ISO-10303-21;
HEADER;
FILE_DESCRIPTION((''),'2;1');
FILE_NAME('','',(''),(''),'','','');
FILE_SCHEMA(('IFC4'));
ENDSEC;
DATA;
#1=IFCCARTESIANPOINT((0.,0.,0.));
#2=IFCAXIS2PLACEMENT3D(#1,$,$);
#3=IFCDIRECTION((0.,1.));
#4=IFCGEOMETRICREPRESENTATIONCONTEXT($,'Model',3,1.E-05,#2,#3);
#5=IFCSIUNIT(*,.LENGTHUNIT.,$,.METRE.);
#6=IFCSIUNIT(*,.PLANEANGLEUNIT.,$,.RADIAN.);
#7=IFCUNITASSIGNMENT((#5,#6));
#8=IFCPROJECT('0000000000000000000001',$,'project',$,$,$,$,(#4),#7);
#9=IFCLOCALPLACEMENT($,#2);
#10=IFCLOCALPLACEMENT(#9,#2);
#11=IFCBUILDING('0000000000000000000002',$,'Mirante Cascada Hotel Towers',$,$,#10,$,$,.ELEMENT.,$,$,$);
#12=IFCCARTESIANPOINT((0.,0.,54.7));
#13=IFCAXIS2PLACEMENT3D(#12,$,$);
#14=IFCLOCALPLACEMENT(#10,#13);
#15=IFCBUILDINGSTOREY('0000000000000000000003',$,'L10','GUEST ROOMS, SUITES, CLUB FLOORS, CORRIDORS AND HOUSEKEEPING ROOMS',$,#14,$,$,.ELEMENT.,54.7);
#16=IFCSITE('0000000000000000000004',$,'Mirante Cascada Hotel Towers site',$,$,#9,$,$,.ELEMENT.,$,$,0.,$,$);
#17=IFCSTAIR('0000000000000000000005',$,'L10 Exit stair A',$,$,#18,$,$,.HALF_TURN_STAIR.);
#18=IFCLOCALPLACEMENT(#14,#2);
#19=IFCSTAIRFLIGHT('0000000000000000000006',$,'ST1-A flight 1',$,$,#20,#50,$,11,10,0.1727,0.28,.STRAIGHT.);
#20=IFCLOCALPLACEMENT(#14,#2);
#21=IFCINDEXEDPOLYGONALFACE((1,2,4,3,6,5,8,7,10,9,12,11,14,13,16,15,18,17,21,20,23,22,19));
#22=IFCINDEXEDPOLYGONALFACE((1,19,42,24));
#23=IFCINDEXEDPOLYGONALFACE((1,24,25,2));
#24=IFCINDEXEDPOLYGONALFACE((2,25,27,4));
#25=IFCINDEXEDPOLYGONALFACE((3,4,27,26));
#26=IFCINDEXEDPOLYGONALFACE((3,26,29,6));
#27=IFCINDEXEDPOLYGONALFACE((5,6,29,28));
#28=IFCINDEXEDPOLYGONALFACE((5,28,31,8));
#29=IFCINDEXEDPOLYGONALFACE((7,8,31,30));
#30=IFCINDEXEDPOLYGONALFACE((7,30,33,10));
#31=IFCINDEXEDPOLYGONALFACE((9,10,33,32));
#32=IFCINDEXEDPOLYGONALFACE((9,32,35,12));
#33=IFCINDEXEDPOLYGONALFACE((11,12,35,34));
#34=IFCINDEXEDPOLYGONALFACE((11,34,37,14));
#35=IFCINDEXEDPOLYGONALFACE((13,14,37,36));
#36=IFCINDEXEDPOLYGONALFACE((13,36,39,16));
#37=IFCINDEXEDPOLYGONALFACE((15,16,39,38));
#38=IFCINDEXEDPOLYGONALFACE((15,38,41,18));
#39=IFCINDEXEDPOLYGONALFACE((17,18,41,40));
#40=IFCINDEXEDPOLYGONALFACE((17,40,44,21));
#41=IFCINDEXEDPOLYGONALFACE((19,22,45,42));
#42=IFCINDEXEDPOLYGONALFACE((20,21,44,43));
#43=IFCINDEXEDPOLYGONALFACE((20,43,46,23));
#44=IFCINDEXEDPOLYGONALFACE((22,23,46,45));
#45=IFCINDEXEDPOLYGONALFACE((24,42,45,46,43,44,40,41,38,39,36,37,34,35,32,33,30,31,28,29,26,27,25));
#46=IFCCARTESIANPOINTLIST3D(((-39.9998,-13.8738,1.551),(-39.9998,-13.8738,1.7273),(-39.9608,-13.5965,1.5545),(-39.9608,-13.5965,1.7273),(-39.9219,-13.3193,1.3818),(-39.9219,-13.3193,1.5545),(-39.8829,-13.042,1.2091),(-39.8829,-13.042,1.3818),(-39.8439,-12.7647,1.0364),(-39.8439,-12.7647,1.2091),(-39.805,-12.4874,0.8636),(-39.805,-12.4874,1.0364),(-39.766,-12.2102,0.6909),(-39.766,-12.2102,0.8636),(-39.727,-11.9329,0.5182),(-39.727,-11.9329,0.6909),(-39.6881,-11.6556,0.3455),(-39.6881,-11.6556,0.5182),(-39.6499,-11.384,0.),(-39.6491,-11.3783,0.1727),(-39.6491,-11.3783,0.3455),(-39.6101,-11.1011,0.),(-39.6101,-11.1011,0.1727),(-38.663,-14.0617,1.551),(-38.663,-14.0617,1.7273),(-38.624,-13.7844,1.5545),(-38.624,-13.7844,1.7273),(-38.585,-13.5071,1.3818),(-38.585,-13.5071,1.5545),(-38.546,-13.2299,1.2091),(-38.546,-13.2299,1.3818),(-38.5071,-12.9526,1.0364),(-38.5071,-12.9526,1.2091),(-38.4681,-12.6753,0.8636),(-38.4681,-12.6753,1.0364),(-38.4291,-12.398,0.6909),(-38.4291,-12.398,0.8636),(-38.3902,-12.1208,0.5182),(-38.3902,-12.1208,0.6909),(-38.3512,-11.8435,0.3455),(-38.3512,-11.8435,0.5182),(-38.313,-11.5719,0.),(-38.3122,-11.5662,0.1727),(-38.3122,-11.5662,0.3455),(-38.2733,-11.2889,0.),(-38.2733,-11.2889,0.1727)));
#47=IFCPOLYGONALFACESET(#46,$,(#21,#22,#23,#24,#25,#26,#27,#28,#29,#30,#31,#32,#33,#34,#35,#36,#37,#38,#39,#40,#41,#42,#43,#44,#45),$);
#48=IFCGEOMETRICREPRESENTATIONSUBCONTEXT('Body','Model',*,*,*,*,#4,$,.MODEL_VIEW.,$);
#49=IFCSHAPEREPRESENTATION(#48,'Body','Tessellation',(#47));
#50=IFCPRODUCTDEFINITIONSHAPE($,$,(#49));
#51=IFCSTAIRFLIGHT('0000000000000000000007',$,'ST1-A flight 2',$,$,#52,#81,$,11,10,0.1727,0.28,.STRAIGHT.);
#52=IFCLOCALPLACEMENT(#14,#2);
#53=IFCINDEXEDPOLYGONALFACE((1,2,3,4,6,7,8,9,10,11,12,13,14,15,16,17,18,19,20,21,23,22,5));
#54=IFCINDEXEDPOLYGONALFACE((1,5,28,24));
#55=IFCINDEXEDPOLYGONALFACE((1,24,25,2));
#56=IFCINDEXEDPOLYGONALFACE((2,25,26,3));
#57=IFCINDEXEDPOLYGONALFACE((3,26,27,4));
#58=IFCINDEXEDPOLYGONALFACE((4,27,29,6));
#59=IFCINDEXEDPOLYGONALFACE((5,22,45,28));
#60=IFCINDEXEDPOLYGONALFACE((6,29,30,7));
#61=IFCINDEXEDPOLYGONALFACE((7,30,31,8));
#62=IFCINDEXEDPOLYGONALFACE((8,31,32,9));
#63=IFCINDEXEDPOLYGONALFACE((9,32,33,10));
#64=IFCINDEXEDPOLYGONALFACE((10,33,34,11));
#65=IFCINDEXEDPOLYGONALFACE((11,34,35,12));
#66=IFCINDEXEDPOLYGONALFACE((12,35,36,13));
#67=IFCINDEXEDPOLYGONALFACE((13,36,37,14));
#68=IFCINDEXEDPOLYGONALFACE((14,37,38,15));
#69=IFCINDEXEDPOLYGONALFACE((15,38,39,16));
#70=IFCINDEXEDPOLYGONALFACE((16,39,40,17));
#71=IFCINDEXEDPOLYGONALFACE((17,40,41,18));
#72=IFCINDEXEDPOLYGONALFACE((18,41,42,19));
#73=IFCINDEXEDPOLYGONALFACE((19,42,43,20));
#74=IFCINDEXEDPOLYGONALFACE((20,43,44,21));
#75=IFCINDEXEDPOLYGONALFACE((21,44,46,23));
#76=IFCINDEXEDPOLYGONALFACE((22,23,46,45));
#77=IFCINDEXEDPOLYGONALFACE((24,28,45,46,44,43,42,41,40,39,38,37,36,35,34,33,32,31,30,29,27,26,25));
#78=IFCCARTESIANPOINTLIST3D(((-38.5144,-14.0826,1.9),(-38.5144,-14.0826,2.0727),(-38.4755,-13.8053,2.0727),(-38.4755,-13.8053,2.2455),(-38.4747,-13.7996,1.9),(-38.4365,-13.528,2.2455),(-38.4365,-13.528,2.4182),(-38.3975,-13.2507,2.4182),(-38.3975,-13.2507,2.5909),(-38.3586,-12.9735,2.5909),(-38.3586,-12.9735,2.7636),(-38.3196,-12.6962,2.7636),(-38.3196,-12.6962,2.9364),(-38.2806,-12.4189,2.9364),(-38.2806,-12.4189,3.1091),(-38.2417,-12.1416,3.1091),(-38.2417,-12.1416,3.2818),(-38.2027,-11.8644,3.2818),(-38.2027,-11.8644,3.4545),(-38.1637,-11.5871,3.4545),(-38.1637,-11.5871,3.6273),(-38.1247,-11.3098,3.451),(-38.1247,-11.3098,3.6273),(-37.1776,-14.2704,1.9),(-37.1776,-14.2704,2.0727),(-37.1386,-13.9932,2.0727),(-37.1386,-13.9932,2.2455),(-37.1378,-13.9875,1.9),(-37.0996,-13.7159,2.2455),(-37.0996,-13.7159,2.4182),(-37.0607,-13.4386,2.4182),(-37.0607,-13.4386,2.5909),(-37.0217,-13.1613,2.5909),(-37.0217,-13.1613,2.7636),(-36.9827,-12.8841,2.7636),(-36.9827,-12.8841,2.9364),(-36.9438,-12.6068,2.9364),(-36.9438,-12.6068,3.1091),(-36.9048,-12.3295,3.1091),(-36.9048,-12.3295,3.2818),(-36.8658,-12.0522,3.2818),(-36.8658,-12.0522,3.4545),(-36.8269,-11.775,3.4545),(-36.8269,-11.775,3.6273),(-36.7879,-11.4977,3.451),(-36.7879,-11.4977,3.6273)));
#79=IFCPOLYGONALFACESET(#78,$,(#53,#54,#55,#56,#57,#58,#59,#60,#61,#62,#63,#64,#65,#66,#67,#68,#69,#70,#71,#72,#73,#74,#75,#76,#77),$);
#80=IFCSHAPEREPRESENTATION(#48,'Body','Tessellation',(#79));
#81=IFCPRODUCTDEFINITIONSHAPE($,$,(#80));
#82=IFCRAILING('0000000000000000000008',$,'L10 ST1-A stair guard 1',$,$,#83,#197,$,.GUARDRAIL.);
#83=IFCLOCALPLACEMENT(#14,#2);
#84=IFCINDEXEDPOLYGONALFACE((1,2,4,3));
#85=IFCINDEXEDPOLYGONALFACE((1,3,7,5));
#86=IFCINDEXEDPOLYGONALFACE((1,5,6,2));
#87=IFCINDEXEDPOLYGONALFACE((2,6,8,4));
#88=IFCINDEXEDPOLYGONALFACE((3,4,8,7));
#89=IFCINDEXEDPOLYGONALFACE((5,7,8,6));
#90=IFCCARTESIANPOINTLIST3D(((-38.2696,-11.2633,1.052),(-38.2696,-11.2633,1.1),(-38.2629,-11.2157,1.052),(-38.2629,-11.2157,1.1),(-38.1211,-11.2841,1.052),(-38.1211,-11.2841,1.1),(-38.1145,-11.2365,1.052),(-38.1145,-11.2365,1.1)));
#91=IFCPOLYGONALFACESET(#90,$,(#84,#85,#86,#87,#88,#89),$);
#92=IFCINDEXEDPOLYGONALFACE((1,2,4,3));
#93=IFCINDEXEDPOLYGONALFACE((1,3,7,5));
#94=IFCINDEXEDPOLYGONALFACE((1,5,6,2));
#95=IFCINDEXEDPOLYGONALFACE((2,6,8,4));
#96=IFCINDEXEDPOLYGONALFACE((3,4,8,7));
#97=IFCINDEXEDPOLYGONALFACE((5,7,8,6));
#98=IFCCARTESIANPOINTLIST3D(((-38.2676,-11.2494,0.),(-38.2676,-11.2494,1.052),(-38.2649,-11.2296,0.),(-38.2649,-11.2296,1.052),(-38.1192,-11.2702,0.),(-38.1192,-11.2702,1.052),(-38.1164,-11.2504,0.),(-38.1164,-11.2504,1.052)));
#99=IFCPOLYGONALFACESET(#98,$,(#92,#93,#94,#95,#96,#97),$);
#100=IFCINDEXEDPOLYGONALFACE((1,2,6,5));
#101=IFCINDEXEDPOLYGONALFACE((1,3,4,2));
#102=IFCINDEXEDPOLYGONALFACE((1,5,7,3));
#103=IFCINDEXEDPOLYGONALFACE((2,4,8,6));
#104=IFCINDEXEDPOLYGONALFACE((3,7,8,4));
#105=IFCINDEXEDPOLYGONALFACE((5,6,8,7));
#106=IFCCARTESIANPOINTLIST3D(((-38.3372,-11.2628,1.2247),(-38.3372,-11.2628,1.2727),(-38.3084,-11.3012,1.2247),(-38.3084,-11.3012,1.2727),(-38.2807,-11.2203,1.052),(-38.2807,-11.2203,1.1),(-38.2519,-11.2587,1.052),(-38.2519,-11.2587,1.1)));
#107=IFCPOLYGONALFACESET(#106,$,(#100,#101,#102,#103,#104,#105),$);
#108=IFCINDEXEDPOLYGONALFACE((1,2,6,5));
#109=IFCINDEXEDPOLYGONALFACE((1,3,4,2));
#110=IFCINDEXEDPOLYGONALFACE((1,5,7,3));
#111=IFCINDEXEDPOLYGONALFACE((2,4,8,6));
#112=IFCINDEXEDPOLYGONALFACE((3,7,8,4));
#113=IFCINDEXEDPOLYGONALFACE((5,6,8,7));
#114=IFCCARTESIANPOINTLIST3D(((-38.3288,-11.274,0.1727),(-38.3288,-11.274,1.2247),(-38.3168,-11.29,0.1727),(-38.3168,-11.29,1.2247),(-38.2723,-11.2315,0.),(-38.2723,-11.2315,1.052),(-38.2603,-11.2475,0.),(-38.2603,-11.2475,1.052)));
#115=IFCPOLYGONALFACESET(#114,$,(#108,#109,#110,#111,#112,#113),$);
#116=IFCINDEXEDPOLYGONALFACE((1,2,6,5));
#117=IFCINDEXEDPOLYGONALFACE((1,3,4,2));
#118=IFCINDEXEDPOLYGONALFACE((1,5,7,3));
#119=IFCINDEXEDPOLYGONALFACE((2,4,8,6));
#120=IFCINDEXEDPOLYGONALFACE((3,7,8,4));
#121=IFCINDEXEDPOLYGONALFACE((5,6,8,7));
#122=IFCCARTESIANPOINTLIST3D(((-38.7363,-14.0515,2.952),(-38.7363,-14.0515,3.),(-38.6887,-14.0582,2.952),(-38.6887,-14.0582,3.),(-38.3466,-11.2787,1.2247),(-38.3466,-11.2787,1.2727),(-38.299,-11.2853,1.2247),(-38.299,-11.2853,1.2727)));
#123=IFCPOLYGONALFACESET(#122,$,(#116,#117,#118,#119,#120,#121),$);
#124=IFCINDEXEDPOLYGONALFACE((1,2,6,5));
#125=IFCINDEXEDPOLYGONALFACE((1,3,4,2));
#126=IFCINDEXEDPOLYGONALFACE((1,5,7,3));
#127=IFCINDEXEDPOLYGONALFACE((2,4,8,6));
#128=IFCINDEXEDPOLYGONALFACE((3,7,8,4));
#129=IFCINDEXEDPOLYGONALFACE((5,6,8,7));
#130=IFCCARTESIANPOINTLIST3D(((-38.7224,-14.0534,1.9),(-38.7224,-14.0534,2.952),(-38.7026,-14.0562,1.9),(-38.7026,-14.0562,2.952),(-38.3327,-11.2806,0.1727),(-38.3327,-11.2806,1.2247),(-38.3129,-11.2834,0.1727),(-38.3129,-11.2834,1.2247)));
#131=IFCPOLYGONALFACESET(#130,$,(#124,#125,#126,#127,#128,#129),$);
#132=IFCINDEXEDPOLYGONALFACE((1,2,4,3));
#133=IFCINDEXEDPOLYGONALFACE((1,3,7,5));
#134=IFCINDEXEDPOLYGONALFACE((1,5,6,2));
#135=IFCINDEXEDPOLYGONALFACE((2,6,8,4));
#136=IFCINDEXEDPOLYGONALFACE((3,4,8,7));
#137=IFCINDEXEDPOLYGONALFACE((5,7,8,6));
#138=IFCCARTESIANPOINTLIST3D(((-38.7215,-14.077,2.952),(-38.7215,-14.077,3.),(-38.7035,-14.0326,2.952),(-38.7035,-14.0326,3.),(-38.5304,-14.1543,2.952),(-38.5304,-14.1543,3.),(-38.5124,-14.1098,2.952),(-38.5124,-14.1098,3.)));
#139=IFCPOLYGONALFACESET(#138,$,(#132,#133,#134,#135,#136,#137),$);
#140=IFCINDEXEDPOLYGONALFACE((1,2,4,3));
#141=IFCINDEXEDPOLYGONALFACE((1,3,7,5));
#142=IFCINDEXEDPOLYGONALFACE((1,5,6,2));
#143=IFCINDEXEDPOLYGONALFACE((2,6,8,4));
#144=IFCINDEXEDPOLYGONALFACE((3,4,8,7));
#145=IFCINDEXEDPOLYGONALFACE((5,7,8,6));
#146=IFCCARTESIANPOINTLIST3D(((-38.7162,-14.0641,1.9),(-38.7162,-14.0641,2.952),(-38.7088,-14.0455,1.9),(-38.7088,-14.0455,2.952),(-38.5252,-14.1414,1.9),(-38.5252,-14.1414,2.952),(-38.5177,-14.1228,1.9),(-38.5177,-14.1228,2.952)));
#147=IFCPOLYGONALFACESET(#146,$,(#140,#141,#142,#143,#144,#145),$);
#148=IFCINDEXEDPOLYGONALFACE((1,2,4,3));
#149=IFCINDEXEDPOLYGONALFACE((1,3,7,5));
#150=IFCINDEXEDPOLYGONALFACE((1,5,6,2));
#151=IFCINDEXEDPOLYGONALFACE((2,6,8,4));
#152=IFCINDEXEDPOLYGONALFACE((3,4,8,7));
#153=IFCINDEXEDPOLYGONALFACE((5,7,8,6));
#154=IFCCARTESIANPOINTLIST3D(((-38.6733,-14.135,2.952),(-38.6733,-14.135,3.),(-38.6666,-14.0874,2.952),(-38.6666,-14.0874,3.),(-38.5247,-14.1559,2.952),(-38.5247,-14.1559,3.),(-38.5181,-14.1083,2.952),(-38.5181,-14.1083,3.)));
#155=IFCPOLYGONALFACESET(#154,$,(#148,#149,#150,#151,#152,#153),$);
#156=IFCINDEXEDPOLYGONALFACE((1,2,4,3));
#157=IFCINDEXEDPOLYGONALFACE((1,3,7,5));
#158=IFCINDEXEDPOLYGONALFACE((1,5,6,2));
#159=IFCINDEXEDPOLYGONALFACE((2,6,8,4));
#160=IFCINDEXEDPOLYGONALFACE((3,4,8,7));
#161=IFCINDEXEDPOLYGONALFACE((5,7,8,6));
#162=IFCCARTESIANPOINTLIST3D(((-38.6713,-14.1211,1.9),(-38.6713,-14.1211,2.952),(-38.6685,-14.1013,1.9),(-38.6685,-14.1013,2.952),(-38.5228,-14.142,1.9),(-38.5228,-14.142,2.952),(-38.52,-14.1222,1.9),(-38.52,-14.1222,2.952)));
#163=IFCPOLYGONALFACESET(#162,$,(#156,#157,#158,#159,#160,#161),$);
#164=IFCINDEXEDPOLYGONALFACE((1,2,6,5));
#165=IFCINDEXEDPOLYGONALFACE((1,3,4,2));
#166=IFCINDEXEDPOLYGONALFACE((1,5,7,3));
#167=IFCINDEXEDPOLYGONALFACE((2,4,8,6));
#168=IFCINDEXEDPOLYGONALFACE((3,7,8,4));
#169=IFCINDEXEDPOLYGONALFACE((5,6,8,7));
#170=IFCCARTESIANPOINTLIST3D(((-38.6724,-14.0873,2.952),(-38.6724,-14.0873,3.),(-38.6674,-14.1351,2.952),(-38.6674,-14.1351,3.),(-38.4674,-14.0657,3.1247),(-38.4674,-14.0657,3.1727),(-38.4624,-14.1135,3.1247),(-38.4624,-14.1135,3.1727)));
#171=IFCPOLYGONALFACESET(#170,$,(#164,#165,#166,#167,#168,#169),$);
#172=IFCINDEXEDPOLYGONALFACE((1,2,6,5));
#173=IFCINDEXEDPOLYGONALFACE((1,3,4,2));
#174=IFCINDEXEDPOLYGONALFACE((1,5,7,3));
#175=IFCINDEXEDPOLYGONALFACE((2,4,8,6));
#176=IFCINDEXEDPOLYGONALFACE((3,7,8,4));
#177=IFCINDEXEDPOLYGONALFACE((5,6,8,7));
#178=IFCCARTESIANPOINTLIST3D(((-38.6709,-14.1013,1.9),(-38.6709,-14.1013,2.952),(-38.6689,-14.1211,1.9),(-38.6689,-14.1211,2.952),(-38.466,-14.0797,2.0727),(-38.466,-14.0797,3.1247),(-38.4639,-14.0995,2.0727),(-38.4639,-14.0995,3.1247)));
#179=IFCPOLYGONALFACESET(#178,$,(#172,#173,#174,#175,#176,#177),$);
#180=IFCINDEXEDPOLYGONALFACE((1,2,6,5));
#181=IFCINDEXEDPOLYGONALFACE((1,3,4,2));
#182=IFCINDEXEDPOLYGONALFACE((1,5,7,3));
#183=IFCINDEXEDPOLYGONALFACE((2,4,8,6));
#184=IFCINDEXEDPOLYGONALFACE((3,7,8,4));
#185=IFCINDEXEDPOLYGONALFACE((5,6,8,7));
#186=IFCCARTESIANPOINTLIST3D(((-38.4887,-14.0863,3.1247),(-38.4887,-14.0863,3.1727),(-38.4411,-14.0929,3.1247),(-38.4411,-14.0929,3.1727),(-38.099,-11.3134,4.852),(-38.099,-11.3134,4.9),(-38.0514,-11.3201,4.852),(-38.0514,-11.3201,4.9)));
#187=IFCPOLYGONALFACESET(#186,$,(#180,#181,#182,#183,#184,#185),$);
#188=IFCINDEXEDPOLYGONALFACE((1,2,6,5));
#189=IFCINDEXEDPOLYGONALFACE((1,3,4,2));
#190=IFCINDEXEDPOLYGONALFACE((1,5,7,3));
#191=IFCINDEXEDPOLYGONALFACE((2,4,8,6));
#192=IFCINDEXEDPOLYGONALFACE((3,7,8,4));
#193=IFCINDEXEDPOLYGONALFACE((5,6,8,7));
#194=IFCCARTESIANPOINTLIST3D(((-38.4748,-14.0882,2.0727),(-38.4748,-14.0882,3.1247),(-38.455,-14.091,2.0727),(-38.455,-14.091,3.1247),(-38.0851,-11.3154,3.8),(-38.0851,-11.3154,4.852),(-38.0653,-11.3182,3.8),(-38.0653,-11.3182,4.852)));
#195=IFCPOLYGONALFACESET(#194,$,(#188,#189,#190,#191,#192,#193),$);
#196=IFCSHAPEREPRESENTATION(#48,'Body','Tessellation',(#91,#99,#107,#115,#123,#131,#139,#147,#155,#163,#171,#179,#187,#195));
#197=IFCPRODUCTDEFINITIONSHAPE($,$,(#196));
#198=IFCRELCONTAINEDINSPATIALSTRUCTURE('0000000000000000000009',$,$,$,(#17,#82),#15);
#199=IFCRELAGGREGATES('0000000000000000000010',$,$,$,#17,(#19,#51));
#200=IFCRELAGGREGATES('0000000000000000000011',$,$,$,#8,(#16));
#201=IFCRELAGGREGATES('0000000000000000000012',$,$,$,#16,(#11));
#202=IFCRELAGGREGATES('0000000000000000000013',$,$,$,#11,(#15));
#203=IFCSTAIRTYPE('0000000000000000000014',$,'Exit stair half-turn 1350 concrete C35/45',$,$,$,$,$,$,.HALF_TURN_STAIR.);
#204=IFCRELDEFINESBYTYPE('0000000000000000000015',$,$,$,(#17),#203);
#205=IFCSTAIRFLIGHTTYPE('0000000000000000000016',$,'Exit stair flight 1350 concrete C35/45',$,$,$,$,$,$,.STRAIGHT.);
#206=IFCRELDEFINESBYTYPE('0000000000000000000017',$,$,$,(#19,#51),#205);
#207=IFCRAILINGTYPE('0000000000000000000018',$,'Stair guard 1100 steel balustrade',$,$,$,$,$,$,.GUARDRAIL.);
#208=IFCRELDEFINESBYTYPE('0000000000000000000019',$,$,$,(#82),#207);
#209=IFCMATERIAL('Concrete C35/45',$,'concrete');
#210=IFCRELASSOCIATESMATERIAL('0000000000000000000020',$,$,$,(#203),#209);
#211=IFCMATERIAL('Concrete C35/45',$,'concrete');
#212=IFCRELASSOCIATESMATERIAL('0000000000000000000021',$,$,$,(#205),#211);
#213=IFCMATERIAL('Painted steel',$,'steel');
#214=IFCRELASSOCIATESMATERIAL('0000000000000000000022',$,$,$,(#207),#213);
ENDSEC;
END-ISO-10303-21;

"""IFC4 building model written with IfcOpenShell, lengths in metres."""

from ifc_helpers import new_model, si_unit, direction, frame, origin, origin_2d, place, context, subcontext, project, spatial, polyline, rectangle, outline, extrude, material, type_object, element, aggregate, save


model = new_model("IFC4")

# Units and contexts
model_context = context("Model", 3, precision=1e-05, world=origin(), true_north=direction((0.0, 1.0)))
body_context = subcontext(model_context, "Body", "Model", "MODEL_VIEW")
ifc_project = project(units=[si_unit("LENGTHUNIT", "METRE"), si_unit("PLANEANGLEUNIT", "RADIAN")], contexts=[model_context])

# Site, building, storey
site_placement = place(None, origin())
site = spatial("IfcSite", under=ifc_project, at=site_placement, Name="Mirante Cascada Hotel Towers site", CompositionType="ELEMENT", RefElevation=0.0)
building_placement = place(site_placement, origin())
building = spatial("IfcBuilding", under=site, at=building_placement, Name="Mirante Cascada Hotel Towers", CompositionType="ELEMENT")
storey_placement = place(building_placement, frame((0.0, 0.0, 54.7)))
storey = spatial("IfcBuildingStorey", under=building, at=storey_placement, Name="L10", Description="GUEST ROOMS, SUITES, CLUB FLOORS, CORRIDORS AND HOUSEKEEPING ROOMS", CompositionType="ELEMENT", Elevation=54.7)

# Stair, stair flights
ifc_material_1 = material(Name="Concrete C35/45", Category="concrete")
stair_type = type_object("IfcStairType", Name="Exit stair half-turn 1350 concrete C35/45", PredefinedType="HALF_TURN_STAIR", material=ifc_material_1)
stair_placement = place(storey_placement, origin())
stair = element("IfcStair", 1, at=stair_placement, inside=storey, type_object=stair_type, Name="L10 Exit stair A", PredefinedType="HALF_TURN_STAIR")
ifc_material_2 = material(Name="Concrete C35/45", Category="concrete")
stair_flight_type = type_object("IfcStairFlightType", Name="Exit stair flight 1350 concrete C35/45", PredefinedType="STRAIGHT", material=ifc_material_2)
stair_flight_1_placement = place(storey_placement, frame((-38.9417, -11.195, 0.0), z_axis=(0.0, 0.0, 1.0), x_axis=(-0.139173, -0.990268, 0.0)))
stair_flight_1 = element("IfcStairFlight", 2, at=stair_flight_1_placement, type_object=stair_flight_type, Name="ST1-A flight 1", NumberOfRisers=11, NumberOfTreads=10, PredefinedType="STRAIGHT", RiserHeight=0.1727, TreadLength=0.28, context=body_context, shape_type="SweptSolid", body=[
    extrude(outline(polyline([(0.0, 0.0), (0.0, 0.1727), (0.28, 0.1727), (0.28, 0.3455), (0.56, 0.3455), (0.56, 0.5182), (0.84, 0.5182), (0.84, 0.6909), (1.12, 0.6909), (1.12, 0.8636), (1.4, 0.8636), (1.4, 1.0364), (1.68, 1.0364), (1.68, 1.2091), (1.96, 1.2091), (1.96, 1.3818), (2.24, 1.3818), (2.24, 1.5545), (2.52, 1.5545), (2.52, 1.7273), (2.8, 1.7273), (2.8, 1.9), (2.8, 1.551), (0.2857, 0.0), (0.0, 0.0)])), frame((0.0, 0.675, 0.0), z_axis=(0.0, -1.0, 0.0), x_axis=(1.0, 0.0, 0.0)), (0.0, 0.0, 1.0), 1.35),
])
stair_flight_2_placement = place(storey_placement, frame((-37.846, -14.1765, 1.9), z_axis=(0.0, 0.0, 1.0), x_axis=(0.139173, 0.990268, 0.0)))
stair_flight_2 = element("IfcStairFlight", 3, at=stair_flight_2_placement, type_object=stair_flight_type, Name="ST1-A flight 2", NumberOfRisers=11, NumberOfTreads=10, PredefinedType="STRAIGHT", RiserHeight=0.1727, TreadLength=0.28, context=body_context, shape_type="SweptSolid", body=[
    extrude(outline(polyline([(0.0, 0.0), (0.0, 0.1727), (0.28, 0.1727), (0.28, 0.3455), (0.56, 0.3455), (0.56, 0.5182), (0.84, 0.5182), (0.84, 0.6909), (1.12, 0.6909), (1.12, 0.8636), (1.4, 0.8636), (1.4, 1.0364), (1.68, 1.0364), (1.68, 1.2091), (1.96, 1.2091), (1.96, 1.3818), (2.24, 1.3818), (2.24, 1.5545), (2.52, 1.5545), (2.52, 1.7273), (2.8, 1.7273), (2.8, 1.9), (2.8, 1.551), (0.2857, 0.0), (0.0, 0.0)])), frame((0.0, 0.675, 0.0), z_axis=(0.0, -1.0, 0.0), x_axis=(1.0, 0.0, 0.0)), (0.0, 0.0, 1.0), 1.35),
])
aggregate(stair, [stair_flight_1, stair_flight_2])

# Railing
ifc_material_3 = material(Name="Painted steel", Category="steel")
railing_type_1 = type_object("IfcRailingType", Name="Stair guard 1100 steel balustrade", PredefinedType="GUARDRAIL", material=ifc_material_3)
railing_1_placement = place(storey_placement, frame((-38.1178, -11.2603, 0.0)))
element("IfcRailing", 4, at=railing_1_placement, inside=storey, type_object=railing_type_1, Name="L10 ST1-A stair guard 1", PredefinedType="GUARDRAIL", context=body_context, shape_type="SweptSolid", body=[
    extrude(rectangle(XDim=0.048, YDim=0.048, at=origin_2d()), frame((0.0, 0.0, 1.076), z_axis=(-0.990333, 0.138713, 0.0), x_axis=(-0.138713, -0.990333, 0.0)), (0.0, 0.0, 1.0), 0.1499),
    extrude(rectangle(XDim=0.02, YDim=1.052, at=origin_2d()), frame((0.0, 0.0, 0.526), z_axis=(-0.990333, 0.138713, 0.0), x_axis=(-0.138713, -0.990333, 0.0)), (0.0, 0.0, 1.0), 0.1499),
    extrude(rectangle(XDim=0.048, YDim=0.048, at=origin_2d()), frame((-0.1485, 0.0208, 1.076), z_axis=(-0.79915, -0.601131, 0.0), x_axis=(0.601131, -0.79915, 0.0)), (0.0, 0.925453, 0.378863), 0.1866),
    extrude(rectangle(XDim=0.02, YDim=1.052, at=origin_2d()), frame((-0.1485, 0.0208, 0.526), z_axis=(-0.79915, -0.601131, 0.0), x_axis=(0.601131, -0.79915, 0.0)), (0.0, 0.925453, 0.378863), 0.1866),
    extrude(rectangle(XDim=0.048, YDim=0.048, at=origin_2d()), frame((-0.205, -0.0217, 1.2487), z_axis=(-0.139176, -0.990268, 0.0), x_axis=(0.990268, -0.139176, 0.0)), (0.0, 0.525021, 0.851089), 3.29),
    extrude(rectangle(XDim=0.02, YDim=1.052, at=origin_2d()), frame((-0.205, -0.0217, 0.6987), z_axis=(-0.139176, -0.990268, 0.0), x_axis=(0.990268, -0.139176, 0.0)), (0.0, 0.525021, 0.851089), 3.29),
    extrude(rectangle(XDim=0.048, YDim=0.048, at=origin_2d()), frame((-0.5947, -2.7945, 2.976), z_axis=(0.927031, -0.374984, 0.0), x_axis=(0.374984, 0.927031, 0.0)), (0.0, 0.0, 1.0), 0.2061),
    extrude(rectangle(XDim=0.02, YDim=1.052, at=origin_2d()), frame((-0.5947, -2.7945, 2.426), z_axis=(0.927031, -0.374984, 0.0), x_axis=(0.374984, 0.927031, 0.0)), (0.0, 0.0, 1.0), 0.2061),
    extrude(rectangle(XDim=0.048, YDim=0.048, at=origin_2d()), frame((-0.4036, -2.8718, 2.976), z_axis=(-0.990241, 0.139367, 0.0), x_axis=(-0.139367, -0.990241, 0.0)), (0.0, 0.0, 1.0), 0.15),
    extrude(rectangle(XDim=0.02, YDim=1.052, at=origin_2d()), frame((-0.4036, -2.8718, 2.426), z_axis=(-0.990241, 0.139367, 0.0), x_axis=(-0.139367, -0.990241, 0.0)), (0.0, 0.0, 1.0), 0.15),
    extrude(rectangle(XDim=0.048, YDim=0.048, at=origin_2d()), frame((-0.5521, -2.8509, 2.976), z_axis=(0.994495, 0.104786, 0.0), x_axis=(-0.104786, 0.994495, 0.0)), (0.0, 0.642203, 0.766534), 0.2689),
    extrude(rectangle(XDim=0.02, YDim=1.052, at=origin_2d()), frame((-0.5521, -2.8509, 2.426), z_axis=(0.994495, 0.104786, 0.0), x_axis=(-0.104786, 0.994495, 0.0)), (0.0, 0.642203, 0.766534), 0.2689),
    extrude(rectangle(XDim=0.048, YDim=0.048, at=origin_2d()), frame((-0.3471, -2.8293, 3.1487), z_axis=(0.139176, 0.990268, 0.0), x_axis=(-0.990268, 0.139176, 0.0)), (0.0, 0.525021, 0.851089), 3.29),
    extrude(rectangle(XDim=0.02, YDim=1.052, at=origin_2d()), frame((-0.3471, -2.8293, 2.5987), z_axis=(0.139176, 0.990268, 0.0), x_axis=(-0.990268, 0.139176, 0.0)), (0.0, 0.525021, 0.851089), 3.29),
])

save(model, "model.ifc")
